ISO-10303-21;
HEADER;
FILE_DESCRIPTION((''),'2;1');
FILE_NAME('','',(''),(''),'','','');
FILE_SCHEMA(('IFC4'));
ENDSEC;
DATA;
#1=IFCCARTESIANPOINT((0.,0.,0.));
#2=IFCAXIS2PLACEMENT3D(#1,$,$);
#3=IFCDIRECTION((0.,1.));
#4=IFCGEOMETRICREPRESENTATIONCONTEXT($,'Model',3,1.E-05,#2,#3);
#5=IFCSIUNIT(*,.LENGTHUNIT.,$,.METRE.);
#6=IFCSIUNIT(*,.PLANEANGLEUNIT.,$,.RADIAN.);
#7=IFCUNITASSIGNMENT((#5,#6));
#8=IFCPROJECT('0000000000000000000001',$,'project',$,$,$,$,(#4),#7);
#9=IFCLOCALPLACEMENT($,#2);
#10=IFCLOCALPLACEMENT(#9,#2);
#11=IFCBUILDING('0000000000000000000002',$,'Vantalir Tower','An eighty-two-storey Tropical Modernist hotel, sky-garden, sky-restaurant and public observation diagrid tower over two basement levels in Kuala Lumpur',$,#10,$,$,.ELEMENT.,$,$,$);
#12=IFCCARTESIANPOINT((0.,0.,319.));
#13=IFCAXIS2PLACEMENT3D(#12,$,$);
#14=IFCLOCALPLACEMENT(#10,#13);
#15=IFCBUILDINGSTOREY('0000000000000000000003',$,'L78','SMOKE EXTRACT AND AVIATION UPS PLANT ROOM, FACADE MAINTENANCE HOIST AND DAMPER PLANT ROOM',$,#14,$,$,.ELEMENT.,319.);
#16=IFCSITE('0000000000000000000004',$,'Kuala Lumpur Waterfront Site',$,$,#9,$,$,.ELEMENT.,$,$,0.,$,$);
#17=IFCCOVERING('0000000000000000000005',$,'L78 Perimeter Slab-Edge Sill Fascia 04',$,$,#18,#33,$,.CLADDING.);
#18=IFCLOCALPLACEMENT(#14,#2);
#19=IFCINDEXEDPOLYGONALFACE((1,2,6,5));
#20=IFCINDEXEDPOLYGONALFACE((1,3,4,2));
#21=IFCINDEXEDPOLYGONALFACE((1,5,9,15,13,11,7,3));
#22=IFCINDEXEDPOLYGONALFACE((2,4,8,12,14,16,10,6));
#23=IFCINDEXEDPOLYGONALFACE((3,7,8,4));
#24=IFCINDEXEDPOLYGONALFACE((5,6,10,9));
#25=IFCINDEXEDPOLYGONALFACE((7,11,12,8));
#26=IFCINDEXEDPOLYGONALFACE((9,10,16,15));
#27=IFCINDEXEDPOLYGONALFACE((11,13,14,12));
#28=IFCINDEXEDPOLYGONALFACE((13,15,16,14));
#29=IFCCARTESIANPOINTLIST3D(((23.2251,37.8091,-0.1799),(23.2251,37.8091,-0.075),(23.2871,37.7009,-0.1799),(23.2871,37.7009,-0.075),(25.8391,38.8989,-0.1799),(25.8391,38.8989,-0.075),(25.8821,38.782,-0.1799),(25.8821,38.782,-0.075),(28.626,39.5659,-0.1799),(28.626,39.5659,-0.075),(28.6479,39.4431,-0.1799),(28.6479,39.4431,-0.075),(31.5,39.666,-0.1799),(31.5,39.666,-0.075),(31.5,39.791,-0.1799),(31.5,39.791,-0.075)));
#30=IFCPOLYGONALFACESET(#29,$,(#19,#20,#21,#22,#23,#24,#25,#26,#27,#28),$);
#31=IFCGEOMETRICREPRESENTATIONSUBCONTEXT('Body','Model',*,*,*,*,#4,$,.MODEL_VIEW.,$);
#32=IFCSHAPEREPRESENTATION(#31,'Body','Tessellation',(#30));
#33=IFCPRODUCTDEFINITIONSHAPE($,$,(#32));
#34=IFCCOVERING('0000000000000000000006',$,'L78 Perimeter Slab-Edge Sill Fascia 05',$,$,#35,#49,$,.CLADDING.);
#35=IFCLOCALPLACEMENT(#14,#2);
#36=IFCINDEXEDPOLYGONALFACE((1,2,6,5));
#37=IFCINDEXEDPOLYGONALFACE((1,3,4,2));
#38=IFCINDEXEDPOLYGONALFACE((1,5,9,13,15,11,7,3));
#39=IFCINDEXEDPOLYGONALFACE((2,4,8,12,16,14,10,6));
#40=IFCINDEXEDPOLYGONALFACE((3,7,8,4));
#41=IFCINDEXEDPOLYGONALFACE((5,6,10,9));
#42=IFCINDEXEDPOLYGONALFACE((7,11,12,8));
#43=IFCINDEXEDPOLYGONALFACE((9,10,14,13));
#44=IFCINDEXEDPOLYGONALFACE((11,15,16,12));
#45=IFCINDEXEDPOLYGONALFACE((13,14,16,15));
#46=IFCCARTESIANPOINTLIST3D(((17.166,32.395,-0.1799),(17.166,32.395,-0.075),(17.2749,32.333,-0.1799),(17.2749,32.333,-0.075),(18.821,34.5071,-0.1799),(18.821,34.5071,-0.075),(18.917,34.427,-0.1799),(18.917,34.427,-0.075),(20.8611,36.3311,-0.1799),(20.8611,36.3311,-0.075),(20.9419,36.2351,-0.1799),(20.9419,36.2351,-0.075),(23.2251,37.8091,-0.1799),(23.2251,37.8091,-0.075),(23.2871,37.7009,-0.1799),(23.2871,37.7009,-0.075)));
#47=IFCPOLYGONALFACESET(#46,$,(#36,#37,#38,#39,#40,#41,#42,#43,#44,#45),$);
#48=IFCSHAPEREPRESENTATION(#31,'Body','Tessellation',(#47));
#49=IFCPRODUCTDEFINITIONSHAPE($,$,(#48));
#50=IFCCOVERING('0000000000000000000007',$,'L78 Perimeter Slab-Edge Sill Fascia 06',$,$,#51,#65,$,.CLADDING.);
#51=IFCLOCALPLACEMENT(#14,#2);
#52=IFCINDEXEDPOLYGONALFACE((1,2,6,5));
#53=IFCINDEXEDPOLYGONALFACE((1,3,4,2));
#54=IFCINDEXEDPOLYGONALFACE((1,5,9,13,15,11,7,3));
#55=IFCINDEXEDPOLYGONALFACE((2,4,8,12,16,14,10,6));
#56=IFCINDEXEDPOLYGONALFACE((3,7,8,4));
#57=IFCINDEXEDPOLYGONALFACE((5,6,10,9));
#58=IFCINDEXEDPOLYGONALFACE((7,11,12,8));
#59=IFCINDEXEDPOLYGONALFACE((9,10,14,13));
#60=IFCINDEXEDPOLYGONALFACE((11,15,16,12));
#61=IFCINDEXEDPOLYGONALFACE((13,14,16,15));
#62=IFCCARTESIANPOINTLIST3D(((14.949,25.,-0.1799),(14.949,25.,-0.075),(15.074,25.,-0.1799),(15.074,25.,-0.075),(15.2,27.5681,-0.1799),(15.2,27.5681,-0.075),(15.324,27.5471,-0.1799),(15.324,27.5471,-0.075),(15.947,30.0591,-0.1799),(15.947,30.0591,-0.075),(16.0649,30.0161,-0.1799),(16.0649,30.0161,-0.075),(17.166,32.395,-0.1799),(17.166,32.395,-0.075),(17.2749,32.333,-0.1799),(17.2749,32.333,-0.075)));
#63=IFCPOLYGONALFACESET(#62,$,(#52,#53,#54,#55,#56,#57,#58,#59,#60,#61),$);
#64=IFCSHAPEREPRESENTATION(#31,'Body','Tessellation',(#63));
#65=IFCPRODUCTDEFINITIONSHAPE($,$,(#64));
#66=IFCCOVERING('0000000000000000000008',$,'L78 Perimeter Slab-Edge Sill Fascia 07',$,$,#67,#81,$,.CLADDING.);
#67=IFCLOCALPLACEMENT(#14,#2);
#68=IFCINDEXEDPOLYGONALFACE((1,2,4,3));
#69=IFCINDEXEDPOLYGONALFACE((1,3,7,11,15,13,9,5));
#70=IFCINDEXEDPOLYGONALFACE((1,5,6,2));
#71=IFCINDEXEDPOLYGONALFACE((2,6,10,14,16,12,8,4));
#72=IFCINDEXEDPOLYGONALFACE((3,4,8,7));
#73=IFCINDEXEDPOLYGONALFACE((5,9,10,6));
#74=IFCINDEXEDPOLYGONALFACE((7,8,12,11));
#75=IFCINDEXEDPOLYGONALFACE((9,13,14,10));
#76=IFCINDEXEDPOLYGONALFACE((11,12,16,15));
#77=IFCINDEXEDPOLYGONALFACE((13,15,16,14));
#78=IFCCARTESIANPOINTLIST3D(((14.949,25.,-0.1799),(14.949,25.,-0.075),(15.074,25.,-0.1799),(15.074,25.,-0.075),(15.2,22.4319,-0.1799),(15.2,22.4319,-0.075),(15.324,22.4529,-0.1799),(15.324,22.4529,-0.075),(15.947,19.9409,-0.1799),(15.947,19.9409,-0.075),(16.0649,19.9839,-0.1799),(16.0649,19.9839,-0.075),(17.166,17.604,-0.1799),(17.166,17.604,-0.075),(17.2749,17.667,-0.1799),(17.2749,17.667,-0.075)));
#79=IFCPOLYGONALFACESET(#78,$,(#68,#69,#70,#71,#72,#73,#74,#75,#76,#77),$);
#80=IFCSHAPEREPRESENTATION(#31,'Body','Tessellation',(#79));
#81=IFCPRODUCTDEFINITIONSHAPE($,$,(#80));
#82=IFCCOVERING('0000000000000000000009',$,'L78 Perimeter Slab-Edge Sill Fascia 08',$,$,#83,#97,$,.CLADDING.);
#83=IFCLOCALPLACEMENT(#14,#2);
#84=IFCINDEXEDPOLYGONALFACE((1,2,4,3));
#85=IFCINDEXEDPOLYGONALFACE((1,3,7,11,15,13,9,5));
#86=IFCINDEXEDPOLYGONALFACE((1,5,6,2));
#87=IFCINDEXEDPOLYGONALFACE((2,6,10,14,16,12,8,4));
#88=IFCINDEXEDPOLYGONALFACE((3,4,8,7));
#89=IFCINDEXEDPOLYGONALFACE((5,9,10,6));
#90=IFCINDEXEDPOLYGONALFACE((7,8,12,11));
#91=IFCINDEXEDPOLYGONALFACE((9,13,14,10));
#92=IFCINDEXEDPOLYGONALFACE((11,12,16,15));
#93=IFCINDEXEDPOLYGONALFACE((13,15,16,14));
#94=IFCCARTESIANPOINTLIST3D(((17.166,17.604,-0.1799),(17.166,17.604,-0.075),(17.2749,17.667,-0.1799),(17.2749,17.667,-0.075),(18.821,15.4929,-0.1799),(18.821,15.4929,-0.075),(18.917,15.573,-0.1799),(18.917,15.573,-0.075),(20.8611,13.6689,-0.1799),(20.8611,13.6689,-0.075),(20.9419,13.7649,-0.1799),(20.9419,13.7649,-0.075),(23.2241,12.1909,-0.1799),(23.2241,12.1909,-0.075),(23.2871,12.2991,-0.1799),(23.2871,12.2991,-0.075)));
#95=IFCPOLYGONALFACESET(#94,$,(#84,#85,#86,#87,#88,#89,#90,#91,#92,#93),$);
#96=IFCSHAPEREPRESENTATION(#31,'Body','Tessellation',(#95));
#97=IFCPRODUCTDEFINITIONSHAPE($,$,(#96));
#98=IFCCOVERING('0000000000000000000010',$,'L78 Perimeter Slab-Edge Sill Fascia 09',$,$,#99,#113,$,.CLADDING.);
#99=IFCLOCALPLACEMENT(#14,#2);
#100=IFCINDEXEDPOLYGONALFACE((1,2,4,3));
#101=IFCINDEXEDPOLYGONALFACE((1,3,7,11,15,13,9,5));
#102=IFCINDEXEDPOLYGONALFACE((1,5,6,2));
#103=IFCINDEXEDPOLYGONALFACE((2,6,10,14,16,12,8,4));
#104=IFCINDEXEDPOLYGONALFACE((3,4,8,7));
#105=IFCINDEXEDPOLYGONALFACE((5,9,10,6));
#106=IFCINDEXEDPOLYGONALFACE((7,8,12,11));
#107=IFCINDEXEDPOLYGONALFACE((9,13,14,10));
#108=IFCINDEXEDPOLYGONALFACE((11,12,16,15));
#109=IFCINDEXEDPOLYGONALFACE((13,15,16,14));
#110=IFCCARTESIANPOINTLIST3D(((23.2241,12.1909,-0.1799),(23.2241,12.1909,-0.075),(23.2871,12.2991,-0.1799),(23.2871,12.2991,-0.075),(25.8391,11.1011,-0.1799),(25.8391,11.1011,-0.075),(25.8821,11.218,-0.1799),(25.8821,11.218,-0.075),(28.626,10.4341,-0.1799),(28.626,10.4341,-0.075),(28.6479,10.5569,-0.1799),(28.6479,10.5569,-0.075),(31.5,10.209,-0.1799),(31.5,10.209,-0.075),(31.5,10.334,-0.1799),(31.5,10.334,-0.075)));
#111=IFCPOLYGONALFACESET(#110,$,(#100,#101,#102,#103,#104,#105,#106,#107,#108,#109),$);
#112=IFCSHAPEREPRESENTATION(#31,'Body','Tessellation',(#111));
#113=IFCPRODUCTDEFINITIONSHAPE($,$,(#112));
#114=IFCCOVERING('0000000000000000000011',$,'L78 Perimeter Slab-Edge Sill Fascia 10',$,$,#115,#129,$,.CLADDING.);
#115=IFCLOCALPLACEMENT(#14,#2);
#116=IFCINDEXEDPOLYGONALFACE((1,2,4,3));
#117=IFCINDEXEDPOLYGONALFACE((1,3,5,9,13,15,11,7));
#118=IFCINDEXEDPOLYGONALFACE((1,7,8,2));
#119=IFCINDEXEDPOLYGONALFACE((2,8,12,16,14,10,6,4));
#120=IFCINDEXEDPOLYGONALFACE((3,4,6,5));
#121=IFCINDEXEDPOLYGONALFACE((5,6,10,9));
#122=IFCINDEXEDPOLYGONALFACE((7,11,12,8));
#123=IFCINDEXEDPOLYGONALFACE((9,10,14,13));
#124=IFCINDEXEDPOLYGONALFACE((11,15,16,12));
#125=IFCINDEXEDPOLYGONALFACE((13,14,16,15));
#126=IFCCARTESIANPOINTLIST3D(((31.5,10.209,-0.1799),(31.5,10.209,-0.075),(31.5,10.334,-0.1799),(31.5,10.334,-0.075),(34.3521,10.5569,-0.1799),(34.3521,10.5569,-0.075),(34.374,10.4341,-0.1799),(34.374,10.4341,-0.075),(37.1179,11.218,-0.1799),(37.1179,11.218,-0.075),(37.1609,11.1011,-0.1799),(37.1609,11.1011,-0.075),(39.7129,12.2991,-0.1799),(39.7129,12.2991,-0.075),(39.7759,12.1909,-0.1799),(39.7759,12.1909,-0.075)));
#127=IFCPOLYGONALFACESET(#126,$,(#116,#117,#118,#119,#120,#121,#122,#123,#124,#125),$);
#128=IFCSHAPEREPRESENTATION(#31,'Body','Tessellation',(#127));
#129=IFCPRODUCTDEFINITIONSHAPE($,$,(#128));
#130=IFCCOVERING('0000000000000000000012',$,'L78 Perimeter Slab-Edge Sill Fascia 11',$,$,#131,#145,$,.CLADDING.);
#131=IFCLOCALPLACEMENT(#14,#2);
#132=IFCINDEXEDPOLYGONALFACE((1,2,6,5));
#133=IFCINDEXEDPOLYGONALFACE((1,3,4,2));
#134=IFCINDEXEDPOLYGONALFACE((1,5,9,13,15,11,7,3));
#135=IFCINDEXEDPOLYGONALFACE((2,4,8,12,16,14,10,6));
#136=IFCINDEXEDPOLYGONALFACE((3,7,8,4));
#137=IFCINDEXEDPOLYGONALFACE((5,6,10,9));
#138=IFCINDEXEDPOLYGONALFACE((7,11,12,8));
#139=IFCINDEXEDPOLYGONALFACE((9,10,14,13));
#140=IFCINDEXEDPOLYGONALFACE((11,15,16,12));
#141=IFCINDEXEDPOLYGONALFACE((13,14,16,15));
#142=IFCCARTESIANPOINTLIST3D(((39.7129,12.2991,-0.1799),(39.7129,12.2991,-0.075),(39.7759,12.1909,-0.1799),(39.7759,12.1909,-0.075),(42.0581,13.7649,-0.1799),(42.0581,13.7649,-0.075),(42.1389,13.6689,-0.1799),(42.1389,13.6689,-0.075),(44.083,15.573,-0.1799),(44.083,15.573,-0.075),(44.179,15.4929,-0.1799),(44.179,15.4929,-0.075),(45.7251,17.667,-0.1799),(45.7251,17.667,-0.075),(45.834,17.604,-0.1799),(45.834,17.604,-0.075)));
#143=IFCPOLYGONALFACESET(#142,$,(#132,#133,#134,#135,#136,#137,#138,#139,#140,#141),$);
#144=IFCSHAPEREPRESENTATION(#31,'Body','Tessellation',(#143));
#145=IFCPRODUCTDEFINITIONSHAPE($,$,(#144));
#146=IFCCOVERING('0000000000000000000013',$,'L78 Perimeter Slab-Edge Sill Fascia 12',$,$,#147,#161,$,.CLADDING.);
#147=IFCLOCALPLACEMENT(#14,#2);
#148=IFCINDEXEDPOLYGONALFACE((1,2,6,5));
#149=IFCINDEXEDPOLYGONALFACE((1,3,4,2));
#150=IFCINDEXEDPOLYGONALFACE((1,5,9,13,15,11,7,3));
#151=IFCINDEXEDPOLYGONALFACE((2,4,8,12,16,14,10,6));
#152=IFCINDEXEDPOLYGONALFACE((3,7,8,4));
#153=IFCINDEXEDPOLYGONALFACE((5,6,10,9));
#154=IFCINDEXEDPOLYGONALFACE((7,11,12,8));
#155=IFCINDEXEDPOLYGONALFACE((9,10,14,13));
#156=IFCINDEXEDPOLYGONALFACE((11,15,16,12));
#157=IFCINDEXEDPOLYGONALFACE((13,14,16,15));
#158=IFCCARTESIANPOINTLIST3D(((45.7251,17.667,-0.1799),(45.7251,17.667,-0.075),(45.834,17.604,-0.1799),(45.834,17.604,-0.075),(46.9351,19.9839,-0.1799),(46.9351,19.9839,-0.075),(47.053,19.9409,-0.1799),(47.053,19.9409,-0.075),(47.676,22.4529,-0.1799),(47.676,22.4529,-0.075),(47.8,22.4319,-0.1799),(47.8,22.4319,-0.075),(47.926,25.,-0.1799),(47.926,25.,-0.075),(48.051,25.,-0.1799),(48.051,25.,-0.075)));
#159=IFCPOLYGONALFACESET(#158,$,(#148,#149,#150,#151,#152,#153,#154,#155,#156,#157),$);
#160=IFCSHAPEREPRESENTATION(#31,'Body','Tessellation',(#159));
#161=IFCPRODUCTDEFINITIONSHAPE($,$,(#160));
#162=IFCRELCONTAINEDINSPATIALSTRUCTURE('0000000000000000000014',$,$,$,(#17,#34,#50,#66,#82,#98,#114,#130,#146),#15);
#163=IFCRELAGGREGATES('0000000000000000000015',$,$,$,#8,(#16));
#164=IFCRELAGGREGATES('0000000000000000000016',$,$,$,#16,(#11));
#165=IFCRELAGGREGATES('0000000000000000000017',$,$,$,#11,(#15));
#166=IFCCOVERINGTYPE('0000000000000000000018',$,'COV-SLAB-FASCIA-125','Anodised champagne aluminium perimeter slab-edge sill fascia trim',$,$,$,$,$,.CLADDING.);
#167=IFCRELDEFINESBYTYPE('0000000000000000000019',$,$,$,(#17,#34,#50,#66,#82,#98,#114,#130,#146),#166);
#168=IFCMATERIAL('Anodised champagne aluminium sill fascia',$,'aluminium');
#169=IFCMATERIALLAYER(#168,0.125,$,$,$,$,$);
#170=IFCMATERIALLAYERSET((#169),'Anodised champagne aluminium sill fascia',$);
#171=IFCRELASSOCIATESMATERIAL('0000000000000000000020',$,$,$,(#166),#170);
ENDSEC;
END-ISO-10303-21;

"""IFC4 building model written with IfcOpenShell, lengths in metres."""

from ifc_helpers import new_model, si_unit, direction, frame, origin, place, context, subcontext, project, spatial, polyline, outline, extrude, material, layer, layer_set, type_object, element, save


model = new_model("IFC4")

# Units and contexts
model_context = context("Model", 3, precision=1e-05, world=origin(), true_north=direction((0.0, 1.0)))
body_context = subcontext(model_context, "Body", "Model", "MODEL_VIEW")
ifc_project = project(units=[si_unit("LENGTHUNIT", "METRE"), si_unit("PLANEANGLEUNIT", "RADIAN")], contexts=[model_context])

# Site, building, storey
site_placement = place(None, origin())
site = spatial("IfcSite", under=ifc_project, at=site_placement, Name="Kuala Lumpur Waterfront Site", CompositionType="ELEMENT", RefElevation=0.0)
building_placement = place(site_placement, origin())
building = spatial("IfcBuilding", under=site, at=building_placement, Name="Vantalir Tower", Description="An eighty-two-storey Tropical Modernist hotel, sky-garden, sky-restaurant and public observation diagrid tower over two basement levels in Kuala Lumpur", CompositionType="ELEMENT")
storey_placement = place(building_placement, frame((0.0, 0.0, 319.0)))
storey = spatial("IfcBuildingStorey", under=building, at=storey_placement, Name="L78", Description="SMOKE EXTRACT AND AVIATION UPS PLANT ROOM, FACADE MAINTENANCE HOIST AND DAMPER PLANT ROOM", CompositionType="ELEMENT", Elevation=319.0)

# Coverings
ifc_material_1 = material(Name="Anodised champagne aluminium sill fascia", Category="aluminium")
ifc_layer_1 = layer(ifc_material_1, 0.125)
ifc_layer_set_1 = layer_set([ifc_layer_1], Name="Anodised champagne aluminium sill fascia")
covering_type = type_object("IfcCoveringType", Name="COV-SLAB-FASCIA-125", Description="Anodised champagne aluminium perimeter slab-edge sill fascia trim", PredefinedType="CLADDING", material=ifc_layer_set_1)
covering_1_placement = place(storey_placement, frame((0.0, 0.0, -0.1799)))
element("IfcCovering", 1, at=covering_1_placement, inside=storey, type_object=covering_type, Name="L78 Perimeter Slab-Edge Sill Fascia 04", PredefinedType="CLADDING", context=body_context, shape_type="SweptSolid", body=[
    extrude(outline(polyline([(31.5, 39.791), (28.626, 39.5659), (25.8391, 38.8989), (23.2251, 37.8091), (23.2871, 37.7009), (25.8821, 38.782), (28.6479, 39.4431), (31.5, 39.666), (31.5, 39.791)])), origin(), (0.0, 0.0, 1.0), 0.105),
])
covering_2_placement = place(storey_placement, frame((0.0, 0.0, -0.1799)))
element("IfcCovering", 2, at=covering_2_placement, inside=storey, type_object=covering_type, Name="L78 Perimeter Slab-Edge Sill Fascia 05", PredefinedType="CLADDING", context=body_context, shape_type="SweptSolid", body=[
    extrude(outline(polyline([(23.2251, 37.8091), (20.8611, 36.3311), (18.821, 34.5071), (17.166, 32.395), (17.2749, 32.333), (18.917, 34.427), (20.9419, 36.2351), (23.2871, 37.7009), (23.2251, 37.8091)])), origin(), (0.0, 0.0, 1.0), 0.105),
])
covering_3_placement = place(storey_placement, frame((0.0, 0.0, -0.1799)))
element("IfcCovering", 3, at=covering_3_placement, inside=storey, type_object=covering_type, Name="L78 Perimeter Slab-Edge Sill Fascia 06", PredefinedType="CLADDING", context=body_context, shape_type="SweptSolid", body=[
    extrude(outline(polyline([(17.166, 32.395), (15.947, 30.0591), (15.2, 27.5681), (14.949, 25.0), (15.074, 25.0), (15.324, 27.5471), (16.0649, 30.0161), (17.2749, 32.333), (17.166, 32.395)])), origin(), (0.0, 0.0, 1.0), 0.105),
])
covering_4_placement = place(storey_placement, frame((0.0, 0.0, -0.1799)))
element("IfcCovering", 4, at=covering_4_placement, inside=storey, type_object=covering_type, Name="L78 Perimeter Slab-Edge Sill Fascia 07", PredefinedType="CLADDING", context=body_context, shape_type="SweptSolid", body=[
    extrude(outline(polyline([(14.949, 25.0), (15.2, 22.4319), (15.947, 19.9409), (17.166, 17.604), (17.2749, 17.667), (16.0649, 19.9839), (15.324, 22.4529), (15.074, 25.0), (14.949, 25.0)])), origin(), (0.0, 0.0, 1.0), 0.105),
])
covering_5_placement = place(storey_placement, frame((0.0, 0.0, -0.1799)))
element("IfcCovering", 5, at=covering_5_placement, inside=storey, type_object=covering_type, Name="L78 Perimeter Slab-Edge Sill Fascia 08", PredefinedType="CLADDING", context=body_context, shape_type="SweptSolid", body=[
    extrude(outline(polyline([(17.166, 17.604), (18.821, 15.4929), (20.8611, 13.6689), (23.2241, 12.1909), (23.2871, 12.2991), (20.9419, 13.7649), (18.917, 15.573), (17.2749, 17.667), (17.166, 17.604)])), origin(), (0.0, 0.0, 1.0), 0.105),
])
covering_6_placement = place(storey_placement, frame((0.0, 0.0, -0.1799)))
element("IfcCovering", 6, at=covering_6_placement, inside=storey, type_object=covering_type, Name="L78 Perimeter Slab-Edge Sill Fascia 09", PredefinedType="CLADDING", context=body_context, shape_type="SweptSolid", body=[
    extrude(outline(polyline([(23.2241, 12.1909), (25.8391, 11.1011), (28.626, 10.4341), (31.5, 10.209), (31.5, 10.334), (28.6479, 10.5569), (25.8821, 11.218), (23.2871, 12.2991), (23.2241, 12.1909)])), origin(), (0.0, 0.0, 1.0), 0.105),
])
covering_7_placement = place(storey_placement, frame((0.0, 0.0, -0.1799)))
element("IfcCovering", 7, at=covering_7_placement, inside=storey, type_object=covering_type, Name="L78 Perimeter Slab-Edge Sill Fascia 10", PredefinedType="CLADDING", context=body_context, shape_type="SweptSolid", body=[
    extrude(outline(polyline([(31.5, 10.209), (34.374, 10.4341), (37.1609, 11.1011), (39.7759, 12.1909), (39.7129, 12.2991), (37.1179, 11.218), (34.3521, 10.5569), (31.5, 10.334), (31.5, 10.209)])), origin(), (0.0, 0.0, 1.0), 0.105),
])
covering_8_placement = place(storey_placement, frame((0.0, 0.0, -0.1799)))
element("IfcCovering", 8, at=covering_8_placement, inside=storey, type_object=covering_type, Name="L78 Perimeter Slab-Edge Sill Fascia 11", PredefinedType="CLADDING", context=body_context, shape_type="SweptSolid", body=[
    extrude(outline(polyline([(39.7759, 12.1909), (42.1389, 13.6689), (44.179, 15.4929), (45.834, 17.604), (45.7251, 17.667), (44.083, 15.573), (42.0581, 13.7649), (39.7129, 12.2991), (39.7759, 12.1909)])), origin(), (0.0, 0.0, 1.0), 0.105),
])
covering_9_placement = place(storey_placement, frame((0.0, 0.0, -0.1799)))
element("IfcCovering", 9, at=covering_9_placement, inside=storey, type_object=covering_type, Name="L78 Perimeter Slab-Edge Sill Fascia 12", PredefinedType="CLADDING", context=body_context, shape_type="SweptSolid", body=[
    extrude(outline(polyline([(45.834, 17.604), (47.053, 19.9409), (47.8, 22.4319), (48.051, 25.0), (47.926, 25.0), (47.676, 22.4529), (46.9351, 19.9839), (45.7251, 17.667), (45.834, 17.604)])), origin(), (0.0, 0.0, 1.0), 0.105),
])

save(model, "model.ifc")
